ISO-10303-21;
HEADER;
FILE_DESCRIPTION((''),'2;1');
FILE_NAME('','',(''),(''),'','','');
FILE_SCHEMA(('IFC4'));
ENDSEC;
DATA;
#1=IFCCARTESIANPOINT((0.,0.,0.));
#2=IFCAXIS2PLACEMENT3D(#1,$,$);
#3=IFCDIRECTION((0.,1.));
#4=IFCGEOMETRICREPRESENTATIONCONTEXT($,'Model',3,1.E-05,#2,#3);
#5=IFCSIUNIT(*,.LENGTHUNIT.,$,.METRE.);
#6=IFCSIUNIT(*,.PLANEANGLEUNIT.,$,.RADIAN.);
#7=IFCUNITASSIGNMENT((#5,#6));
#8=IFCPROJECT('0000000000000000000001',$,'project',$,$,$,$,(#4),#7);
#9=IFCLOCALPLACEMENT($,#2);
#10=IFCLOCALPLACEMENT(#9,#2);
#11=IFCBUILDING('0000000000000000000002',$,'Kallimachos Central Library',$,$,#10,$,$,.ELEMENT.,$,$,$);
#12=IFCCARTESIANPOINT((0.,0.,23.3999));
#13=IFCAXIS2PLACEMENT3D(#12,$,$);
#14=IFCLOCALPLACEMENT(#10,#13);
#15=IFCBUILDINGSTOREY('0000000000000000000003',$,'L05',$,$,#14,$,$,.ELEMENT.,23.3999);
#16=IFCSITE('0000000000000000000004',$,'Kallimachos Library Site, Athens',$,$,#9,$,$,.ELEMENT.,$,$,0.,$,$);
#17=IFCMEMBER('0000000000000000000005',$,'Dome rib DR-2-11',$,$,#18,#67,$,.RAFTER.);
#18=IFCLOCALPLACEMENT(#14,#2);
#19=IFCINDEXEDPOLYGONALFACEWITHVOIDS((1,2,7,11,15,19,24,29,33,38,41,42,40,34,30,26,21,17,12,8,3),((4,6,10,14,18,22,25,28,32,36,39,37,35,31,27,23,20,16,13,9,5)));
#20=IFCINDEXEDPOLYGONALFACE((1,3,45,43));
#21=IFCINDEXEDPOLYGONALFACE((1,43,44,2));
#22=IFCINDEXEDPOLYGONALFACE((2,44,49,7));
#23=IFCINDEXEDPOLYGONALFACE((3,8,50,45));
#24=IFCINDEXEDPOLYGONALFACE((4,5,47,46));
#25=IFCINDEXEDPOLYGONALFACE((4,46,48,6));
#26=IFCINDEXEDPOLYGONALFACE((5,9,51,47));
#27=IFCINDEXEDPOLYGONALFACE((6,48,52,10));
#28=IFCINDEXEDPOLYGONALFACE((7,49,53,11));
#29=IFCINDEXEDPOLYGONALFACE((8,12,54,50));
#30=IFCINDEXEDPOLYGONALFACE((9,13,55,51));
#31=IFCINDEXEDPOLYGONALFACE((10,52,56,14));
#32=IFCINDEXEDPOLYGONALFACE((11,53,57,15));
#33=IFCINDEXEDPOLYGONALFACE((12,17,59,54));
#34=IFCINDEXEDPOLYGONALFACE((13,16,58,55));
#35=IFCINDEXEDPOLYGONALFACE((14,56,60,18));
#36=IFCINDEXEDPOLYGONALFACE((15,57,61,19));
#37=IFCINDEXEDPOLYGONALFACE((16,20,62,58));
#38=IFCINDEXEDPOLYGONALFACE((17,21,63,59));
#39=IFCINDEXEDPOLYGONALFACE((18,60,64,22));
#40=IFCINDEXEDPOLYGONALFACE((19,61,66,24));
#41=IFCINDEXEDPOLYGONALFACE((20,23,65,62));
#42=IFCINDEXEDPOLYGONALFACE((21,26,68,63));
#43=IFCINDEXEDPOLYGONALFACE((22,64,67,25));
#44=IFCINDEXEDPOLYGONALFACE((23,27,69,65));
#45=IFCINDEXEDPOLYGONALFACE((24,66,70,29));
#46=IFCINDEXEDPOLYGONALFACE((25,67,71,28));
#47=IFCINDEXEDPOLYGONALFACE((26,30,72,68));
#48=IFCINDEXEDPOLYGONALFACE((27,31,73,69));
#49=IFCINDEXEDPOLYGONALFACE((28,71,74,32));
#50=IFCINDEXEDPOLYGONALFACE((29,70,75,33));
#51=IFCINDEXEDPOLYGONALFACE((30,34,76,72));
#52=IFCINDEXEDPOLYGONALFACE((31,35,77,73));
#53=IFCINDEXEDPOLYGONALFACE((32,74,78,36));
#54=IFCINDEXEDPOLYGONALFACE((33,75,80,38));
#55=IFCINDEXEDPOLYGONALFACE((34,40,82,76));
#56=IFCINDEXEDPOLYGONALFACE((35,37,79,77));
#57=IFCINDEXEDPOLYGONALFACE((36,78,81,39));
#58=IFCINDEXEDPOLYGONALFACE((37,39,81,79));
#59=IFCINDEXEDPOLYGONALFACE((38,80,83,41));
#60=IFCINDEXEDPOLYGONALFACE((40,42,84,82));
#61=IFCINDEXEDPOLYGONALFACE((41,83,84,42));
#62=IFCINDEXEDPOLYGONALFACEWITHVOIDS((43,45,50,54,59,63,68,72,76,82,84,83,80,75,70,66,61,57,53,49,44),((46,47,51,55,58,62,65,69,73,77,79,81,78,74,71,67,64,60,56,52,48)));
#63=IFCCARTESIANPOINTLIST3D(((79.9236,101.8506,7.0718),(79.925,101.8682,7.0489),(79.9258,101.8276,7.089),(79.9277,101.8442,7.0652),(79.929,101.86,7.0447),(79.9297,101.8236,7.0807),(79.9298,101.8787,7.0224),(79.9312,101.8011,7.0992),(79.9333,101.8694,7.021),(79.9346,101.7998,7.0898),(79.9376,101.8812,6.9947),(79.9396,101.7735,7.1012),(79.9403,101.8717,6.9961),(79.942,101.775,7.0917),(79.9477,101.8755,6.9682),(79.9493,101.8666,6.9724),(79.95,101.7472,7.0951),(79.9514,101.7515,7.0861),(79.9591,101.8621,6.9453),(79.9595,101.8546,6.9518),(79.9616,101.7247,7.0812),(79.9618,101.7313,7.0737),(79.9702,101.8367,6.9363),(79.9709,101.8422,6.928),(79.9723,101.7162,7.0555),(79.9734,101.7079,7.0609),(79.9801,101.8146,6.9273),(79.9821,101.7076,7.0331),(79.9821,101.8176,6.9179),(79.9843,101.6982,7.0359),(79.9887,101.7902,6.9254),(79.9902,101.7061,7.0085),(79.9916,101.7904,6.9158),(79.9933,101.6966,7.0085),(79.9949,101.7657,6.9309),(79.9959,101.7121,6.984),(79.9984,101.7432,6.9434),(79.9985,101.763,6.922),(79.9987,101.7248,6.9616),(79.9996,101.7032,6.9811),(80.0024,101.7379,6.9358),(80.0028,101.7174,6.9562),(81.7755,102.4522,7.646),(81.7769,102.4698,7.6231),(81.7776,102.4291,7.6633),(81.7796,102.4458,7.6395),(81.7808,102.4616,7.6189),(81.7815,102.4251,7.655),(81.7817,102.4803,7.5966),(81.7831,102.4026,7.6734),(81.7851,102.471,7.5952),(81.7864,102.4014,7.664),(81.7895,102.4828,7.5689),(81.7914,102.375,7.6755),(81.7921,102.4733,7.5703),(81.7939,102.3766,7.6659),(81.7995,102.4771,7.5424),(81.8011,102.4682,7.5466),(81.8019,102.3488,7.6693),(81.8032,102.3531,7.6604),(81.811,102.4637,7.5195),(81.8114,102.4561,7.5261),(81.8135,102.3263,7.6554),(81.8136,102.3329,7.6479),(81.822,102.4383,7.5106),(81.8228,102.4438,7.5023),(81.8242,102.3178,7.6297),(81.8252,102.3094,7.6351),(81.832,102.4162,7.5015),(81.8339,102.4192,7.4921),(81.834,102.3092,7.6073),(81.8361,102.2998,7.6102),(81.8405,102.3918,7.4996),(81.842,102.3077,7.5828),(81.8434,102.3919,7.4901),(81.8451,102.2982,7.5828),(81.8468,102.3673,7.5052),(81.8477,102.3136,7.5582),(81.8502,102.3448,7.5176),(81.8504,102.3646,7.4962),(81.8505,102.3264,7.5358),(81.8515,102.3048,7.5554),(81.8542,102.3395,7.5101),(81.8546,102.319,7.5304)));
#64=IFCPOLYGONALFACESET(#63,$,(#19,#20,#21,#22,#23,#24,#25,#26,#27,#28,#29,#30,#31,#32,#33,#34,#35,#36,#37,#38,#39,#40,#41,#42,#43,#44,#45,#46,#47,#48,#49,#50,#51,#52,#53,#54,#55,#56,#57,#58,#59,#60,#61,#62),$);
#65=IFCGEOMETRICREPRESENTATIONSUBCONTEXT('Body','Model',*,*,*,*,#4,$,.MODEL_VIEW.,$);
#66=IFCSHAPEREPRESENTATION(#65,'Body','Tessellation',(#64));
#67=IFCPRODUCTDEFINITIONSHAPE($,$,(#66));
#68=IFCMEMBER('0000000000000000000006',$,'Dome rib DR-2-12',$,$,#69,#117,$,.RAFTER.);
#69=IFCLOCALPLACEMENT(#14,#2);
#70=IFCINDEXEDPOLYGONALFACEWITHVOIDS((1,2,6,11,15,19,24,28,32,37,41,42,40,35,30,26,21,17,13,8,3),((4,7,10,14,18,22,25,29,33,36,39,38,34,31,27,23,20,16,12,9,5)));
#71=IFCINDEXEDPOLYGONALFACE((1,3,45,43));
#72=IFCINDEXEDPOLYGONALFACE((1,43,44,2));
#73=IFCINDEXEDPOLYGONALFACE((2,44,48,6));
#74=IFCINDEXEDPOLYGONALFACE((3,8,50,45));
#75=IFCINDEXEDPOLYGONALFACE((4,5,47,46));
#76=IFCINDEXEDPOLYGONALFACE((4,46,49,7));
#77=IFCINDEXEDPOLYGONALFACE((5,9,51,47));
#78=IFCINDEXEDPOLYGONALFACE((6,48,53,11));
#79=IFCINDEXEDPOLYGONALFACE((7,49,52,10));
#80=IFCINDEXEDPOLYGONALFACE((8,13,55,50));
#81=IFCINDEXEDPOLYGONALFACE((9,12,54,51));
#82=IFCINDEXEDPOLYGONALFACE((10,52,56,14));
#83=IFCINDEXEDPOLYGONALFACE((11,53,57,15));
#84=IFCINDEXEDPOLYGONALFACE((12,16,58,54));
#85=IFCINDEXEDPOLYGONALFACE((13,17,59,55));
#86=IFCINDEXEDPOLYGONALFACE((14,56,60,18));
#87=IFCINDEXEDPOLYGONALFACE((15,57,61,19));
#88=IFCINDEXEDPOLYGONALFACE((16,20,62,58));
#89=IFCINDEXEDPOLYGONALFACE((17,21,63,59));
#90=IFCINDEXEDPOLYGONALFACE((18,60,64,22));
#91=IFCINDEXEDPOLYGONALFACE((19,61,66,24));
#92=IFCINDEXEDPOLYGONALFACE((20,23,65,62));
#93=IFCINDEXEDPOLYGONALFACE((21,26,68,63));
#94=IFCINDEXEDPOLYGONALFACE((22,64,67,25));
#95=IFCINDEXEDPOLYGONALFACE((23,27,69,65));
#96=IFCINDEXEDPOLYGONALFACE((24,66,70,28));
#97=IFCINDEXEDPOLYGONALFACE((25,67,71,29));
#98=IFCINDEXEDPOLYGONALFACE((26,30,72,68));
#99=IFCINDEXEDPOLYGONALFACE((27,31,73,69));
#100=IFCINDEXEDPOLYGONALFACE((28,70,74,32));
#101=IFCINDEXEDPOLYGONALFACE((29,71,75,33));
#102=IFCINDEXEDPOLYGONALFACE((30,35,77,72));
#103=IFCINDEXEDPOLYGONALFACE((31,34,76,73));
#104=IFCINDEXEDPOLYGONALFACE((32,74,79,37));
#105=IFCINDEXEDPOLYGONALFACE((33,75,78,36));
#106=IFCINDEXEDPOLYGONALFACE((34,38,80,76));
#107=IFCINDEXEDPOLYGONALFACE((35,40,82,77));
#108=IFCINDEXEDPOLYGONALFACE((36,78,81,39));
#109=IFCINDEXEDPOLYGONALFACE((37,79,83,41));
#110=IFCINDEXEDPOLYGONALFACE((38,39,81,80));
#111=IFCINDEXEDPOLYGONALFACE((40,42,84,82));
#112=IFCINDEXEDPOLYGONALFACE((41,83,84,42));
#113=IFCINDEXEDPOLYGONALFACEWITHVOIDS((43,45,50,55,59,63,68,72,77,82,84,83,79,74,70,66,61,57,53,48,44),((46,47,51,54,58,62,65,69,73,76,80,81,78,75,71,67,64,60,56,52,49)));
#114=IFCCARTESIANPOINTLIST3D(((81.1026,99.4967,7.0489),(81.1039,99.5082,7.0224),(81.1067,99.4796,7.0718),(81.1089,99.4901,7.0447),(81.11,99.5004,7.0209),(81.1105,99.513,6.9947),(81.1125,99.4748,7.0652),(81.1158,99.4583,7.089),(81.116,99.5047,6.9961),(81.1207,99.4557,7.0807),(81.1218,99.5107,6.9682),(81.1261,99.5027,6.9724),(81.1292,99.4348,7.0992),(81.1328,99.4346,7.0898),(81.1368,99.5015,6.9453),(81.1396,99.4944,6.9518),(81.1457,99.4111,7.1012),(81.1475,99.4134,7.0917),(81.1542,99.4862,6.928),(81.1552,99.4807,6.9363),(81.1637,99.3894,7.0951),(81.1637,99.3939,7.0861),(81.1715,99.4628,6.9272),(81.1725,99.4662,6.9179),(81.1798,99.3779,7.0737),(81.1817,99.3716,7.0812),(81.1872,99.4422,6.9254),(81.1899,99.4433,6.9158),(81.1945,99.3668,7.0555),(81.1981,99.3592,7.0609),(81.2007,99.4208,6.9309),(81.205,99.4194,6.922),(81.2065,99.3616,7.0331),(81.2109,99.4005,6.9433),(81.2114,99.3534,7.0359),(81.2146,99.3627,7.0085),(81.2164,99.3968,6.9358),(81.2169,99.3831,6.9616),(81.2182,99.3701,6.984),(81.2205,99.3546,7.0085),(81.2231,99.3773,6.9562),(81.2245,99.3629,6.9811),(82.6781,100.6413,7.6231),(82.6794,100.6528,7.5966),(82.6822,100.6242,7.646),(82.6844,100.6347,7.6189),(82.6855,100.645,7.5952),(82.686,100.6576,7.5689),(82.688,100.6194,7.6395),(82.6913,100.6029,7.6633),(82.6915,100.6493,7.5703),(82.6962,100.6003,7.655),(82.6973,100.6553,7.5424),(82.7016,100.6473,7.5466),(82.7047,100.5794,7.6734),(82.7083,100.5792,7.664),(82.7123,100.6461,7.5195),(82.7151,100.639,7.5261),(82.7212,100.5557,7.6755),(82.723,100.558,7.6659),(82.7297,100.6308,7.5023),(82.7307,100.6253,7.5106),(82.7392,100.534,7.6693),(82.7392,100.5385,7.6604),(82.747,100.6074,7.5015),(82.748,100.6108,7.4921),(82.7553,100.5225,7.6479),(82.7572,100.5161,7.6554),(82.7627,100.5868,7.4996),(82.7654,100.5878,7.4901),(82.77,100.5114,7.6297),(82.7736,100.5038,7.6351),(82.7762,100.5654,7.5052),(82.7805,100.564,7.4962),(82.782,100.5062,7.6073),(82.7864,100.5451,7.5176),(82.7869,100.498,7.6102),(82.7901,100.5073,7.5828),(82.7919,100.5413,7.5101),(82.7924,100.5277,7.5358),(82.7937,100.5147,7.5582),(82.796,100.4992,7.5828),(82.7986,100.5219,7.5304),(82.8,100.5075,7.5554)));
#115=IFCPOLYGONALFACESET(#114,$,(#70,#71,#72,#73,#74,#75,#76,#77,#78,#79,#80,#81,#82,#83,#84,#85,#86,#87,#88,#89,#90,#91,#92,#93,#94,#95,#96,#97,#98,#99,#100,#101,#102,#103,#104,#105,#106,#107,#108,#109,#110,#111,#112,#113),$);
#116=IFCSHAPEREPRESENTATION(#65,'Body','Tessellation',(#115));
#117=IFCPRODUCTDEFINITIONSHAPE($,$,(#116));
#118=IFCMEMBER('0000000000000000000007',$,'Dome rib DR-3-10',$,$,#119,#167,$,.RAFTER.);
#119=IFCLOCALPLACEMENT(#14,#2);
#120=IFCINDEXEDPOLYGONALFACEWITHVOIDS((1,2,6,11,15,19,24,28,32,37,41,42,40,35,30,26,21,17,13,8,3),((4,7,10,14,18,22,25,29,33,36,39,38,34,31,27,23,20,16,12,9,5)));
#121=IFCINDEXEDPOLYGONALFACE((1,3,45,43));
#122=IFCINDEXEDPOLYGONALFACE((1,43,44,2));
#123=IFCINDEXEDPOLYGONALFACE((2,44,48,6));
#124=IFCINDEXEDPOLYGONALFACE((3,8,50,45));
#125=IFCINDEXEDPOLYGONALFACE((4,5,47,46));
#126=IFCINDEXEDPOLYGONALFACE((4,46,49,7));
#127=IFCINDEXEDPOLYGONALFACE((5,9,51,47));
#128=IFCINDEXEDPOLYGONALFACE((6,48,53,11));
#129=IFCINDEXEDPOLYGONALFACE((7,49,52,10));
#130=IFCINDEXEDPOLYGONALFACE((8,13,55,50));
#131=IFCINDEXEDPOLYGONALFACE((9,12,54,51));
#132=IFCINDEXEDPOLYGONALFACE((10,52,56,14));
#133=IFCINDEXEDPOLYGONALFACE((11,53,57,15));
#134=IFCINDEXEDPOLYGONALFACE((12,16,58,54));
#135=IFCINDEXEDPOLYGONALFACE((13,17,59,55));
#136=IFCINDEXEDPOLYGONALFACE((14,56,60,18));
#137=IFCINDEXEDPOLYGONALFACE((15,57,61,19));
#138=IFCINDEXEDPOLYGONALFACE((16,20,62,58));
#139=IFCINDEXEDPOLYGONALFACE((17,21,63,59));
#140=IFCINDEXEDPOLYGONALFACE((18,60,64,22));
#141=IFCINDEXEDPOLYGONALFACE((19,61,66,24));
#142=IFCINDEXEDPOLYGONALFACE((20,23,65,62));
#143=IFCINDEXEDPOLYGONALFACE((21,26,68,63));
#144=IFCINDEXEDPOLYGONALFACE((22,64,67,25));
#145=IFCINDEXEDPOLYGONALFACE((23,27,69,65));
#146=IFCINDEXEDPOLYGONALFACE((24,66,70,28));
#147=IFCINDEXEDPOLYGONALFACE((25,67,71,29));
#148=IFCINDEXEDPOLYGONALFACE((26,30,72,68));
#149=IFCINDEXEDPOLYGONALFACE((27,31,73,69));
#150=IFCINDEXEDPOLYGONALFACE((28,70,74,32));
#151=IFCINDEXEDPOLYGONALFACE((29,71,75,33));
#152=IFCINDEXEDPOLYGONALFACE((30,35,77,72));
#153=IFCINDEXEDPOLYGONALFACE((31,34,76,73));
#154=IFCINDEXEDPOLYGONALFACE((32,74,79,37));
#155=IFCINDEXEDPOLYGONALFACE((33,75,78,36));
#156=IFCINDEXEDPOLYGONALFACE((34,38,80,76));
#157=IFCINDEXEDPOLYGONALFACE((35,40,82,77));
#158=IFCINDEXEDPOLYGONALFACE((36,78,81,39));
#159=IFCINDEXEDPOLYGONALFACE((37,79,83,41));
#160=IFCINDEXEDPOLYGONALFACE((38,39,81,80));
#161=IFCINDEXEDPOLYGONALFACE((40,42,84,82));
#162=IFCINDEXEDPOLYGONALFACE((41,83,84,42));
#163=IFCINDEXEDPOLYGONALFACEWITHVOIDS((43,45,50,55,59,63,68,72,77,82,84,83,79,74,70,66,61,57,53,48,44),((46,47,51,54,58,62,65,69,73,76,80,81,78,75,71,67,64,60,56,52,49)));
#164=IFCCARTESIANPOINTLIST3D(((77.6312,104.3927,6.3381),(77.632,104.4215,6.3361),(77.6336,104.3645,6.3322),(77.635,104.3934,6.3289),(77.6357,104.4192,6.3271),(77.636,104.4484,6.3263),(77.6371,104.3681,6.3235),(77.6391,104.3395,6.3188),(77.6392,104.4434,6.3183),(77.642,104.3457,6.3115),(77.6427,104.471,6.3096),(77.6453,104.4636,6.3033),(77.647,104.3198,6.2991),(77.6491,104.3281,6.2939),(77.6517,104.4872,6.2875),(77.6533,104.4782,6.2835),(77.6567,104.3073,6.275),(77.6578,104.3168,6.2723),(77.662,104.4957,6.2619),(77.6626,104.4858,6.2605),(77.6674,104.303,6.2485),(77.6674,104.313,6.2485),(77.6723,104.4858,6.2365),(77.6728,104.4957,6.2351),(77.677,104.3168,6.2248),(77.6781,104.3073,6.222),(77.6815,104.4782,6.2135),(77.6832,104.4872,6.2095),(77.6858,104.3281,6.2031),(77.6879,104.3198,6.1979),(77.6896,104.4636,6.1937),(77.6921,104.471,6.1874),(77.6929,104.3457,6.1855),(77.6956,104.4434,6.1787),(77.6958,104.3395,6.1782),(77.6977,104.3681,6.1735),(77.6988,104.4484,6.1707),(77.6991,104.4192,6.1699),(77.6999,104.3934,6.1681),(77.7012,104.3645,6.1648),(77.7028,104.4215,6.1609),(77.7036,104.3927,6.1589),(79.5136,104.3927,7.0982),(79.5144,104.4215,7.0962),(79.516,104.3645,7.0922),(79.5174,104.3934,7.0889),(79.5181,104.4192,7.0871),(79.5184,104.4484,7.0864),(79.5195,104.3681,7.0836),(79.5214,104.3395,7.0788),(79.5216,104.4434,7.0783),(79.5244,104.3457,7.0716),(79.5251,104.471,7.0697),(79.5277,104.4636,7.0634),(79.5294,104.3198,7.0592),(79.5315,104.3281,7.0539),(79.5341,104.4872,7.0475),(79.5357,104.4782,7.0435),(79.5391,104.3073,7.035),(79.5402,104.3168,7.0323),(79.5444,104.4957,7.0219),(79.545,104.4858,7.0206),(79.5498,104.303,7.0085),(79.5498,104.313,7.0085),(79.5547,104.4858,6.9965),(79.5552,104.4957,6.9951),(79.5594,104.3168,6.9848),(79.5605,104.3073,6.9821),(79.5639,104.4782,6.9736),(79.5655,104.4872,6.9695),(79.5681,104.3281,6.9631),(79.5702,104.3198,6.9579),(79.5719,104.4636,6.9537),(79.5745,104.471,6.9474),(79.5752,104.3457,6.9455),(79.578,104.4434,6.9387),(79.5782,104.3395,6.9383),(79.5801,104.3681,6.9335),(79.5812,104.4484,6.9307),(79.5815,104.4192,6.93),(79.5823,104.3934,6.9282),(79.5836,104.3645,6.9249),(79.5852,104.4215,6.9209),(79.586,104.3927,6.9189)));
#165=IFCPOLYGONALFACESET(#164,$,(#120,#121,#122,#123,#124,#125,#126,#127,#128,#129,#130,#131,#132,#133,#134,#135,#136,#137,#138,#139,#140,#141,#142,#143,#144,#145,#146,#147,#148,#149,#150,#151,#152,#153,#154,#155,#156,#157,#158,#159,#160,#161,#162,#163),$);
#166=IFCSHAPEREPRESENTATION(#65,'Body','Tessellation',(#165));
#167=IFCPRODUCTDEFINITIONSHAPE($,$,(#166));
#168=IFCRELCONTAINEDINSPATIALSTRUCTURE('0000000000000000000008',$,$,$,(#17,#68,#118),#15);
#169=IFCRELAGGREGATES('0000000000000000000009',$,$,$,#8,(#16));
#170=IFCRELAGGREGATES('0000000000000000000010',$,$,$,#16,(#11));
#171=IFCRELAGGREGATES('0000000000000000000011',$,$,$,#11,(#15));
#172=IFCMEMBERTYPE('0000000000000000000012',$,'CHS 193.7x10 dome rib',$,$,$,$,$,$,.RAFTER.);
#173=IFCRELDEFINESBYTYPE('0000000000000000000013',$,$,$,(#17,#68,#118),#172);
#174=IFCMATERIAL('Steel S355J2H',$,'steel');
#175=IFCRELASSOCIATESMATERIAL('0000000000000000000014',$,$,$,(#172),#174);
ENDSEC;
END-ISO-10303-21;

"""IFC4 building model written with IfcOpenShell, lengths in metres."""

from ifc_helpers import new_model, si_unit, direction, frame, origin, origin_2d, place, context, subcontext, project, spatial, hollow_circle, extrude, material, material_profile, profile_set, type_object, element, save


model = new_model("IFC4")

# Units and contexts
model_context = context("Model", 3, precision=1e-05, world=origin(), true_north=direction((0.0, 1.0)))
body_context = subcontext(model_context, "Body", "Model", "MODEL_VIEW")
ifc_project = project(units=[si_unit("LENGTHUNIT", "METRE"), si_unit("PLANEANGLEUNIT", "RADIAN")], contexts=[model_context])

# Site, building, storey
site_placement = place(None, origin())
site = spatial("IfcSite", under=ifc_project, at=site_placement, Name="Kallimachos Library Site, Athens", CompositionType="ELEMENT", RefElevation=0.0)
building_placement = place(site_placement, origin())
building = spatial("IfcBuilding", under=site, at=building_placement, Name="Kallimachos Central Library", CompositionType="ELEMENT")
storey_placement = place(building_placement, frame((0.0, 0.0, 23.3999)))
storey = spatial("IfcBuildingStorey", under=building, at=storey_placement, Name="L05", CompositionType="ELEMENT", Elevation=23.3999)

# Members
ifc_material_1 = material(Name="Steel S355J2H", Category="steel")
ifc_material_profile_1 = material_profile(ifc_material_1, hollow_circle(Radius=0.0969, WallThickness=0.01, at=origin_2d()), Name="CHS 193.7x10")
ifc_profile_set_1 = profile_set([ifc_material_profile_1], Name="Steel S355J2H")
member_type_1 = type_object("IfcMemberType", Name="CHS 193.7x10 dome rib", PredefinedType="RAFTER", material=ifc_profile_set_1)
member_1_placement = place(storey_placement, frame((81.8152, 102.3904, 7.5828), z_axis=(-0.912232, -0.29634, -0.28287), x_axis=(0.308958, -0.951076, 0.0)))
element("IfcMember", 1, at=member_1_placement, inside=storey, type_object=member_type_1, Name="Dome rib DR-2-11", PredefinedType="RAFTER", context=body_context, shape_type="SweptSolid", body=[
    extrude(hollow_circle(Radius=0.0969, WallThickness=0.01, at=origin_2d()), origin(), (0.0, 0.0, 1.0), 2.03),
])
member_2_placement = place(storey_placement, frame((82.739, 100.5776, 7.5828), z_axis=(-0.776004, -0.563755, -0.282839), x_axis=(0.587754, -0.80904, 0.0)))
element("IfcMember", 2, at=member_2_placement, inside=storey, type_object=member_type_1, Name="Dome rib DR-2-12", PredefinedType="RAFTER", context=body_context, shape_type="SweptSolid", body=[
    extrude(hollow_circle(Radius=0.0969, WallThickness=0.01, at=origin_2d()), origin(), (0.0, 0.0, 1.0), 2.0303),
])
for number, where, z_axis, x_axis, name in (
    (3, (79.5498, 104.3999, 7.0085), (-0.927269, 0.0, -0.374395), (0.0, -1.0, 0.0), "Dome rib DR-3-10"),
):
    element("IfcMember", number, at=place(storey_placement, frame(where, z_axis=z_axis, x_axis=x_axis)), inside=storey, type_object=member_type_1, Name=name, PredefinedType="RAFTER", context=body_context, shape_type="SweptSolid", body=[
        extrude(hollow_circle(Radius=0.0969, WallThickness=0.01, at=origin_2d()), origin(), (0.0, 0.0, 1.0), 2.03),
    ])

save(model, "model.ifc")
